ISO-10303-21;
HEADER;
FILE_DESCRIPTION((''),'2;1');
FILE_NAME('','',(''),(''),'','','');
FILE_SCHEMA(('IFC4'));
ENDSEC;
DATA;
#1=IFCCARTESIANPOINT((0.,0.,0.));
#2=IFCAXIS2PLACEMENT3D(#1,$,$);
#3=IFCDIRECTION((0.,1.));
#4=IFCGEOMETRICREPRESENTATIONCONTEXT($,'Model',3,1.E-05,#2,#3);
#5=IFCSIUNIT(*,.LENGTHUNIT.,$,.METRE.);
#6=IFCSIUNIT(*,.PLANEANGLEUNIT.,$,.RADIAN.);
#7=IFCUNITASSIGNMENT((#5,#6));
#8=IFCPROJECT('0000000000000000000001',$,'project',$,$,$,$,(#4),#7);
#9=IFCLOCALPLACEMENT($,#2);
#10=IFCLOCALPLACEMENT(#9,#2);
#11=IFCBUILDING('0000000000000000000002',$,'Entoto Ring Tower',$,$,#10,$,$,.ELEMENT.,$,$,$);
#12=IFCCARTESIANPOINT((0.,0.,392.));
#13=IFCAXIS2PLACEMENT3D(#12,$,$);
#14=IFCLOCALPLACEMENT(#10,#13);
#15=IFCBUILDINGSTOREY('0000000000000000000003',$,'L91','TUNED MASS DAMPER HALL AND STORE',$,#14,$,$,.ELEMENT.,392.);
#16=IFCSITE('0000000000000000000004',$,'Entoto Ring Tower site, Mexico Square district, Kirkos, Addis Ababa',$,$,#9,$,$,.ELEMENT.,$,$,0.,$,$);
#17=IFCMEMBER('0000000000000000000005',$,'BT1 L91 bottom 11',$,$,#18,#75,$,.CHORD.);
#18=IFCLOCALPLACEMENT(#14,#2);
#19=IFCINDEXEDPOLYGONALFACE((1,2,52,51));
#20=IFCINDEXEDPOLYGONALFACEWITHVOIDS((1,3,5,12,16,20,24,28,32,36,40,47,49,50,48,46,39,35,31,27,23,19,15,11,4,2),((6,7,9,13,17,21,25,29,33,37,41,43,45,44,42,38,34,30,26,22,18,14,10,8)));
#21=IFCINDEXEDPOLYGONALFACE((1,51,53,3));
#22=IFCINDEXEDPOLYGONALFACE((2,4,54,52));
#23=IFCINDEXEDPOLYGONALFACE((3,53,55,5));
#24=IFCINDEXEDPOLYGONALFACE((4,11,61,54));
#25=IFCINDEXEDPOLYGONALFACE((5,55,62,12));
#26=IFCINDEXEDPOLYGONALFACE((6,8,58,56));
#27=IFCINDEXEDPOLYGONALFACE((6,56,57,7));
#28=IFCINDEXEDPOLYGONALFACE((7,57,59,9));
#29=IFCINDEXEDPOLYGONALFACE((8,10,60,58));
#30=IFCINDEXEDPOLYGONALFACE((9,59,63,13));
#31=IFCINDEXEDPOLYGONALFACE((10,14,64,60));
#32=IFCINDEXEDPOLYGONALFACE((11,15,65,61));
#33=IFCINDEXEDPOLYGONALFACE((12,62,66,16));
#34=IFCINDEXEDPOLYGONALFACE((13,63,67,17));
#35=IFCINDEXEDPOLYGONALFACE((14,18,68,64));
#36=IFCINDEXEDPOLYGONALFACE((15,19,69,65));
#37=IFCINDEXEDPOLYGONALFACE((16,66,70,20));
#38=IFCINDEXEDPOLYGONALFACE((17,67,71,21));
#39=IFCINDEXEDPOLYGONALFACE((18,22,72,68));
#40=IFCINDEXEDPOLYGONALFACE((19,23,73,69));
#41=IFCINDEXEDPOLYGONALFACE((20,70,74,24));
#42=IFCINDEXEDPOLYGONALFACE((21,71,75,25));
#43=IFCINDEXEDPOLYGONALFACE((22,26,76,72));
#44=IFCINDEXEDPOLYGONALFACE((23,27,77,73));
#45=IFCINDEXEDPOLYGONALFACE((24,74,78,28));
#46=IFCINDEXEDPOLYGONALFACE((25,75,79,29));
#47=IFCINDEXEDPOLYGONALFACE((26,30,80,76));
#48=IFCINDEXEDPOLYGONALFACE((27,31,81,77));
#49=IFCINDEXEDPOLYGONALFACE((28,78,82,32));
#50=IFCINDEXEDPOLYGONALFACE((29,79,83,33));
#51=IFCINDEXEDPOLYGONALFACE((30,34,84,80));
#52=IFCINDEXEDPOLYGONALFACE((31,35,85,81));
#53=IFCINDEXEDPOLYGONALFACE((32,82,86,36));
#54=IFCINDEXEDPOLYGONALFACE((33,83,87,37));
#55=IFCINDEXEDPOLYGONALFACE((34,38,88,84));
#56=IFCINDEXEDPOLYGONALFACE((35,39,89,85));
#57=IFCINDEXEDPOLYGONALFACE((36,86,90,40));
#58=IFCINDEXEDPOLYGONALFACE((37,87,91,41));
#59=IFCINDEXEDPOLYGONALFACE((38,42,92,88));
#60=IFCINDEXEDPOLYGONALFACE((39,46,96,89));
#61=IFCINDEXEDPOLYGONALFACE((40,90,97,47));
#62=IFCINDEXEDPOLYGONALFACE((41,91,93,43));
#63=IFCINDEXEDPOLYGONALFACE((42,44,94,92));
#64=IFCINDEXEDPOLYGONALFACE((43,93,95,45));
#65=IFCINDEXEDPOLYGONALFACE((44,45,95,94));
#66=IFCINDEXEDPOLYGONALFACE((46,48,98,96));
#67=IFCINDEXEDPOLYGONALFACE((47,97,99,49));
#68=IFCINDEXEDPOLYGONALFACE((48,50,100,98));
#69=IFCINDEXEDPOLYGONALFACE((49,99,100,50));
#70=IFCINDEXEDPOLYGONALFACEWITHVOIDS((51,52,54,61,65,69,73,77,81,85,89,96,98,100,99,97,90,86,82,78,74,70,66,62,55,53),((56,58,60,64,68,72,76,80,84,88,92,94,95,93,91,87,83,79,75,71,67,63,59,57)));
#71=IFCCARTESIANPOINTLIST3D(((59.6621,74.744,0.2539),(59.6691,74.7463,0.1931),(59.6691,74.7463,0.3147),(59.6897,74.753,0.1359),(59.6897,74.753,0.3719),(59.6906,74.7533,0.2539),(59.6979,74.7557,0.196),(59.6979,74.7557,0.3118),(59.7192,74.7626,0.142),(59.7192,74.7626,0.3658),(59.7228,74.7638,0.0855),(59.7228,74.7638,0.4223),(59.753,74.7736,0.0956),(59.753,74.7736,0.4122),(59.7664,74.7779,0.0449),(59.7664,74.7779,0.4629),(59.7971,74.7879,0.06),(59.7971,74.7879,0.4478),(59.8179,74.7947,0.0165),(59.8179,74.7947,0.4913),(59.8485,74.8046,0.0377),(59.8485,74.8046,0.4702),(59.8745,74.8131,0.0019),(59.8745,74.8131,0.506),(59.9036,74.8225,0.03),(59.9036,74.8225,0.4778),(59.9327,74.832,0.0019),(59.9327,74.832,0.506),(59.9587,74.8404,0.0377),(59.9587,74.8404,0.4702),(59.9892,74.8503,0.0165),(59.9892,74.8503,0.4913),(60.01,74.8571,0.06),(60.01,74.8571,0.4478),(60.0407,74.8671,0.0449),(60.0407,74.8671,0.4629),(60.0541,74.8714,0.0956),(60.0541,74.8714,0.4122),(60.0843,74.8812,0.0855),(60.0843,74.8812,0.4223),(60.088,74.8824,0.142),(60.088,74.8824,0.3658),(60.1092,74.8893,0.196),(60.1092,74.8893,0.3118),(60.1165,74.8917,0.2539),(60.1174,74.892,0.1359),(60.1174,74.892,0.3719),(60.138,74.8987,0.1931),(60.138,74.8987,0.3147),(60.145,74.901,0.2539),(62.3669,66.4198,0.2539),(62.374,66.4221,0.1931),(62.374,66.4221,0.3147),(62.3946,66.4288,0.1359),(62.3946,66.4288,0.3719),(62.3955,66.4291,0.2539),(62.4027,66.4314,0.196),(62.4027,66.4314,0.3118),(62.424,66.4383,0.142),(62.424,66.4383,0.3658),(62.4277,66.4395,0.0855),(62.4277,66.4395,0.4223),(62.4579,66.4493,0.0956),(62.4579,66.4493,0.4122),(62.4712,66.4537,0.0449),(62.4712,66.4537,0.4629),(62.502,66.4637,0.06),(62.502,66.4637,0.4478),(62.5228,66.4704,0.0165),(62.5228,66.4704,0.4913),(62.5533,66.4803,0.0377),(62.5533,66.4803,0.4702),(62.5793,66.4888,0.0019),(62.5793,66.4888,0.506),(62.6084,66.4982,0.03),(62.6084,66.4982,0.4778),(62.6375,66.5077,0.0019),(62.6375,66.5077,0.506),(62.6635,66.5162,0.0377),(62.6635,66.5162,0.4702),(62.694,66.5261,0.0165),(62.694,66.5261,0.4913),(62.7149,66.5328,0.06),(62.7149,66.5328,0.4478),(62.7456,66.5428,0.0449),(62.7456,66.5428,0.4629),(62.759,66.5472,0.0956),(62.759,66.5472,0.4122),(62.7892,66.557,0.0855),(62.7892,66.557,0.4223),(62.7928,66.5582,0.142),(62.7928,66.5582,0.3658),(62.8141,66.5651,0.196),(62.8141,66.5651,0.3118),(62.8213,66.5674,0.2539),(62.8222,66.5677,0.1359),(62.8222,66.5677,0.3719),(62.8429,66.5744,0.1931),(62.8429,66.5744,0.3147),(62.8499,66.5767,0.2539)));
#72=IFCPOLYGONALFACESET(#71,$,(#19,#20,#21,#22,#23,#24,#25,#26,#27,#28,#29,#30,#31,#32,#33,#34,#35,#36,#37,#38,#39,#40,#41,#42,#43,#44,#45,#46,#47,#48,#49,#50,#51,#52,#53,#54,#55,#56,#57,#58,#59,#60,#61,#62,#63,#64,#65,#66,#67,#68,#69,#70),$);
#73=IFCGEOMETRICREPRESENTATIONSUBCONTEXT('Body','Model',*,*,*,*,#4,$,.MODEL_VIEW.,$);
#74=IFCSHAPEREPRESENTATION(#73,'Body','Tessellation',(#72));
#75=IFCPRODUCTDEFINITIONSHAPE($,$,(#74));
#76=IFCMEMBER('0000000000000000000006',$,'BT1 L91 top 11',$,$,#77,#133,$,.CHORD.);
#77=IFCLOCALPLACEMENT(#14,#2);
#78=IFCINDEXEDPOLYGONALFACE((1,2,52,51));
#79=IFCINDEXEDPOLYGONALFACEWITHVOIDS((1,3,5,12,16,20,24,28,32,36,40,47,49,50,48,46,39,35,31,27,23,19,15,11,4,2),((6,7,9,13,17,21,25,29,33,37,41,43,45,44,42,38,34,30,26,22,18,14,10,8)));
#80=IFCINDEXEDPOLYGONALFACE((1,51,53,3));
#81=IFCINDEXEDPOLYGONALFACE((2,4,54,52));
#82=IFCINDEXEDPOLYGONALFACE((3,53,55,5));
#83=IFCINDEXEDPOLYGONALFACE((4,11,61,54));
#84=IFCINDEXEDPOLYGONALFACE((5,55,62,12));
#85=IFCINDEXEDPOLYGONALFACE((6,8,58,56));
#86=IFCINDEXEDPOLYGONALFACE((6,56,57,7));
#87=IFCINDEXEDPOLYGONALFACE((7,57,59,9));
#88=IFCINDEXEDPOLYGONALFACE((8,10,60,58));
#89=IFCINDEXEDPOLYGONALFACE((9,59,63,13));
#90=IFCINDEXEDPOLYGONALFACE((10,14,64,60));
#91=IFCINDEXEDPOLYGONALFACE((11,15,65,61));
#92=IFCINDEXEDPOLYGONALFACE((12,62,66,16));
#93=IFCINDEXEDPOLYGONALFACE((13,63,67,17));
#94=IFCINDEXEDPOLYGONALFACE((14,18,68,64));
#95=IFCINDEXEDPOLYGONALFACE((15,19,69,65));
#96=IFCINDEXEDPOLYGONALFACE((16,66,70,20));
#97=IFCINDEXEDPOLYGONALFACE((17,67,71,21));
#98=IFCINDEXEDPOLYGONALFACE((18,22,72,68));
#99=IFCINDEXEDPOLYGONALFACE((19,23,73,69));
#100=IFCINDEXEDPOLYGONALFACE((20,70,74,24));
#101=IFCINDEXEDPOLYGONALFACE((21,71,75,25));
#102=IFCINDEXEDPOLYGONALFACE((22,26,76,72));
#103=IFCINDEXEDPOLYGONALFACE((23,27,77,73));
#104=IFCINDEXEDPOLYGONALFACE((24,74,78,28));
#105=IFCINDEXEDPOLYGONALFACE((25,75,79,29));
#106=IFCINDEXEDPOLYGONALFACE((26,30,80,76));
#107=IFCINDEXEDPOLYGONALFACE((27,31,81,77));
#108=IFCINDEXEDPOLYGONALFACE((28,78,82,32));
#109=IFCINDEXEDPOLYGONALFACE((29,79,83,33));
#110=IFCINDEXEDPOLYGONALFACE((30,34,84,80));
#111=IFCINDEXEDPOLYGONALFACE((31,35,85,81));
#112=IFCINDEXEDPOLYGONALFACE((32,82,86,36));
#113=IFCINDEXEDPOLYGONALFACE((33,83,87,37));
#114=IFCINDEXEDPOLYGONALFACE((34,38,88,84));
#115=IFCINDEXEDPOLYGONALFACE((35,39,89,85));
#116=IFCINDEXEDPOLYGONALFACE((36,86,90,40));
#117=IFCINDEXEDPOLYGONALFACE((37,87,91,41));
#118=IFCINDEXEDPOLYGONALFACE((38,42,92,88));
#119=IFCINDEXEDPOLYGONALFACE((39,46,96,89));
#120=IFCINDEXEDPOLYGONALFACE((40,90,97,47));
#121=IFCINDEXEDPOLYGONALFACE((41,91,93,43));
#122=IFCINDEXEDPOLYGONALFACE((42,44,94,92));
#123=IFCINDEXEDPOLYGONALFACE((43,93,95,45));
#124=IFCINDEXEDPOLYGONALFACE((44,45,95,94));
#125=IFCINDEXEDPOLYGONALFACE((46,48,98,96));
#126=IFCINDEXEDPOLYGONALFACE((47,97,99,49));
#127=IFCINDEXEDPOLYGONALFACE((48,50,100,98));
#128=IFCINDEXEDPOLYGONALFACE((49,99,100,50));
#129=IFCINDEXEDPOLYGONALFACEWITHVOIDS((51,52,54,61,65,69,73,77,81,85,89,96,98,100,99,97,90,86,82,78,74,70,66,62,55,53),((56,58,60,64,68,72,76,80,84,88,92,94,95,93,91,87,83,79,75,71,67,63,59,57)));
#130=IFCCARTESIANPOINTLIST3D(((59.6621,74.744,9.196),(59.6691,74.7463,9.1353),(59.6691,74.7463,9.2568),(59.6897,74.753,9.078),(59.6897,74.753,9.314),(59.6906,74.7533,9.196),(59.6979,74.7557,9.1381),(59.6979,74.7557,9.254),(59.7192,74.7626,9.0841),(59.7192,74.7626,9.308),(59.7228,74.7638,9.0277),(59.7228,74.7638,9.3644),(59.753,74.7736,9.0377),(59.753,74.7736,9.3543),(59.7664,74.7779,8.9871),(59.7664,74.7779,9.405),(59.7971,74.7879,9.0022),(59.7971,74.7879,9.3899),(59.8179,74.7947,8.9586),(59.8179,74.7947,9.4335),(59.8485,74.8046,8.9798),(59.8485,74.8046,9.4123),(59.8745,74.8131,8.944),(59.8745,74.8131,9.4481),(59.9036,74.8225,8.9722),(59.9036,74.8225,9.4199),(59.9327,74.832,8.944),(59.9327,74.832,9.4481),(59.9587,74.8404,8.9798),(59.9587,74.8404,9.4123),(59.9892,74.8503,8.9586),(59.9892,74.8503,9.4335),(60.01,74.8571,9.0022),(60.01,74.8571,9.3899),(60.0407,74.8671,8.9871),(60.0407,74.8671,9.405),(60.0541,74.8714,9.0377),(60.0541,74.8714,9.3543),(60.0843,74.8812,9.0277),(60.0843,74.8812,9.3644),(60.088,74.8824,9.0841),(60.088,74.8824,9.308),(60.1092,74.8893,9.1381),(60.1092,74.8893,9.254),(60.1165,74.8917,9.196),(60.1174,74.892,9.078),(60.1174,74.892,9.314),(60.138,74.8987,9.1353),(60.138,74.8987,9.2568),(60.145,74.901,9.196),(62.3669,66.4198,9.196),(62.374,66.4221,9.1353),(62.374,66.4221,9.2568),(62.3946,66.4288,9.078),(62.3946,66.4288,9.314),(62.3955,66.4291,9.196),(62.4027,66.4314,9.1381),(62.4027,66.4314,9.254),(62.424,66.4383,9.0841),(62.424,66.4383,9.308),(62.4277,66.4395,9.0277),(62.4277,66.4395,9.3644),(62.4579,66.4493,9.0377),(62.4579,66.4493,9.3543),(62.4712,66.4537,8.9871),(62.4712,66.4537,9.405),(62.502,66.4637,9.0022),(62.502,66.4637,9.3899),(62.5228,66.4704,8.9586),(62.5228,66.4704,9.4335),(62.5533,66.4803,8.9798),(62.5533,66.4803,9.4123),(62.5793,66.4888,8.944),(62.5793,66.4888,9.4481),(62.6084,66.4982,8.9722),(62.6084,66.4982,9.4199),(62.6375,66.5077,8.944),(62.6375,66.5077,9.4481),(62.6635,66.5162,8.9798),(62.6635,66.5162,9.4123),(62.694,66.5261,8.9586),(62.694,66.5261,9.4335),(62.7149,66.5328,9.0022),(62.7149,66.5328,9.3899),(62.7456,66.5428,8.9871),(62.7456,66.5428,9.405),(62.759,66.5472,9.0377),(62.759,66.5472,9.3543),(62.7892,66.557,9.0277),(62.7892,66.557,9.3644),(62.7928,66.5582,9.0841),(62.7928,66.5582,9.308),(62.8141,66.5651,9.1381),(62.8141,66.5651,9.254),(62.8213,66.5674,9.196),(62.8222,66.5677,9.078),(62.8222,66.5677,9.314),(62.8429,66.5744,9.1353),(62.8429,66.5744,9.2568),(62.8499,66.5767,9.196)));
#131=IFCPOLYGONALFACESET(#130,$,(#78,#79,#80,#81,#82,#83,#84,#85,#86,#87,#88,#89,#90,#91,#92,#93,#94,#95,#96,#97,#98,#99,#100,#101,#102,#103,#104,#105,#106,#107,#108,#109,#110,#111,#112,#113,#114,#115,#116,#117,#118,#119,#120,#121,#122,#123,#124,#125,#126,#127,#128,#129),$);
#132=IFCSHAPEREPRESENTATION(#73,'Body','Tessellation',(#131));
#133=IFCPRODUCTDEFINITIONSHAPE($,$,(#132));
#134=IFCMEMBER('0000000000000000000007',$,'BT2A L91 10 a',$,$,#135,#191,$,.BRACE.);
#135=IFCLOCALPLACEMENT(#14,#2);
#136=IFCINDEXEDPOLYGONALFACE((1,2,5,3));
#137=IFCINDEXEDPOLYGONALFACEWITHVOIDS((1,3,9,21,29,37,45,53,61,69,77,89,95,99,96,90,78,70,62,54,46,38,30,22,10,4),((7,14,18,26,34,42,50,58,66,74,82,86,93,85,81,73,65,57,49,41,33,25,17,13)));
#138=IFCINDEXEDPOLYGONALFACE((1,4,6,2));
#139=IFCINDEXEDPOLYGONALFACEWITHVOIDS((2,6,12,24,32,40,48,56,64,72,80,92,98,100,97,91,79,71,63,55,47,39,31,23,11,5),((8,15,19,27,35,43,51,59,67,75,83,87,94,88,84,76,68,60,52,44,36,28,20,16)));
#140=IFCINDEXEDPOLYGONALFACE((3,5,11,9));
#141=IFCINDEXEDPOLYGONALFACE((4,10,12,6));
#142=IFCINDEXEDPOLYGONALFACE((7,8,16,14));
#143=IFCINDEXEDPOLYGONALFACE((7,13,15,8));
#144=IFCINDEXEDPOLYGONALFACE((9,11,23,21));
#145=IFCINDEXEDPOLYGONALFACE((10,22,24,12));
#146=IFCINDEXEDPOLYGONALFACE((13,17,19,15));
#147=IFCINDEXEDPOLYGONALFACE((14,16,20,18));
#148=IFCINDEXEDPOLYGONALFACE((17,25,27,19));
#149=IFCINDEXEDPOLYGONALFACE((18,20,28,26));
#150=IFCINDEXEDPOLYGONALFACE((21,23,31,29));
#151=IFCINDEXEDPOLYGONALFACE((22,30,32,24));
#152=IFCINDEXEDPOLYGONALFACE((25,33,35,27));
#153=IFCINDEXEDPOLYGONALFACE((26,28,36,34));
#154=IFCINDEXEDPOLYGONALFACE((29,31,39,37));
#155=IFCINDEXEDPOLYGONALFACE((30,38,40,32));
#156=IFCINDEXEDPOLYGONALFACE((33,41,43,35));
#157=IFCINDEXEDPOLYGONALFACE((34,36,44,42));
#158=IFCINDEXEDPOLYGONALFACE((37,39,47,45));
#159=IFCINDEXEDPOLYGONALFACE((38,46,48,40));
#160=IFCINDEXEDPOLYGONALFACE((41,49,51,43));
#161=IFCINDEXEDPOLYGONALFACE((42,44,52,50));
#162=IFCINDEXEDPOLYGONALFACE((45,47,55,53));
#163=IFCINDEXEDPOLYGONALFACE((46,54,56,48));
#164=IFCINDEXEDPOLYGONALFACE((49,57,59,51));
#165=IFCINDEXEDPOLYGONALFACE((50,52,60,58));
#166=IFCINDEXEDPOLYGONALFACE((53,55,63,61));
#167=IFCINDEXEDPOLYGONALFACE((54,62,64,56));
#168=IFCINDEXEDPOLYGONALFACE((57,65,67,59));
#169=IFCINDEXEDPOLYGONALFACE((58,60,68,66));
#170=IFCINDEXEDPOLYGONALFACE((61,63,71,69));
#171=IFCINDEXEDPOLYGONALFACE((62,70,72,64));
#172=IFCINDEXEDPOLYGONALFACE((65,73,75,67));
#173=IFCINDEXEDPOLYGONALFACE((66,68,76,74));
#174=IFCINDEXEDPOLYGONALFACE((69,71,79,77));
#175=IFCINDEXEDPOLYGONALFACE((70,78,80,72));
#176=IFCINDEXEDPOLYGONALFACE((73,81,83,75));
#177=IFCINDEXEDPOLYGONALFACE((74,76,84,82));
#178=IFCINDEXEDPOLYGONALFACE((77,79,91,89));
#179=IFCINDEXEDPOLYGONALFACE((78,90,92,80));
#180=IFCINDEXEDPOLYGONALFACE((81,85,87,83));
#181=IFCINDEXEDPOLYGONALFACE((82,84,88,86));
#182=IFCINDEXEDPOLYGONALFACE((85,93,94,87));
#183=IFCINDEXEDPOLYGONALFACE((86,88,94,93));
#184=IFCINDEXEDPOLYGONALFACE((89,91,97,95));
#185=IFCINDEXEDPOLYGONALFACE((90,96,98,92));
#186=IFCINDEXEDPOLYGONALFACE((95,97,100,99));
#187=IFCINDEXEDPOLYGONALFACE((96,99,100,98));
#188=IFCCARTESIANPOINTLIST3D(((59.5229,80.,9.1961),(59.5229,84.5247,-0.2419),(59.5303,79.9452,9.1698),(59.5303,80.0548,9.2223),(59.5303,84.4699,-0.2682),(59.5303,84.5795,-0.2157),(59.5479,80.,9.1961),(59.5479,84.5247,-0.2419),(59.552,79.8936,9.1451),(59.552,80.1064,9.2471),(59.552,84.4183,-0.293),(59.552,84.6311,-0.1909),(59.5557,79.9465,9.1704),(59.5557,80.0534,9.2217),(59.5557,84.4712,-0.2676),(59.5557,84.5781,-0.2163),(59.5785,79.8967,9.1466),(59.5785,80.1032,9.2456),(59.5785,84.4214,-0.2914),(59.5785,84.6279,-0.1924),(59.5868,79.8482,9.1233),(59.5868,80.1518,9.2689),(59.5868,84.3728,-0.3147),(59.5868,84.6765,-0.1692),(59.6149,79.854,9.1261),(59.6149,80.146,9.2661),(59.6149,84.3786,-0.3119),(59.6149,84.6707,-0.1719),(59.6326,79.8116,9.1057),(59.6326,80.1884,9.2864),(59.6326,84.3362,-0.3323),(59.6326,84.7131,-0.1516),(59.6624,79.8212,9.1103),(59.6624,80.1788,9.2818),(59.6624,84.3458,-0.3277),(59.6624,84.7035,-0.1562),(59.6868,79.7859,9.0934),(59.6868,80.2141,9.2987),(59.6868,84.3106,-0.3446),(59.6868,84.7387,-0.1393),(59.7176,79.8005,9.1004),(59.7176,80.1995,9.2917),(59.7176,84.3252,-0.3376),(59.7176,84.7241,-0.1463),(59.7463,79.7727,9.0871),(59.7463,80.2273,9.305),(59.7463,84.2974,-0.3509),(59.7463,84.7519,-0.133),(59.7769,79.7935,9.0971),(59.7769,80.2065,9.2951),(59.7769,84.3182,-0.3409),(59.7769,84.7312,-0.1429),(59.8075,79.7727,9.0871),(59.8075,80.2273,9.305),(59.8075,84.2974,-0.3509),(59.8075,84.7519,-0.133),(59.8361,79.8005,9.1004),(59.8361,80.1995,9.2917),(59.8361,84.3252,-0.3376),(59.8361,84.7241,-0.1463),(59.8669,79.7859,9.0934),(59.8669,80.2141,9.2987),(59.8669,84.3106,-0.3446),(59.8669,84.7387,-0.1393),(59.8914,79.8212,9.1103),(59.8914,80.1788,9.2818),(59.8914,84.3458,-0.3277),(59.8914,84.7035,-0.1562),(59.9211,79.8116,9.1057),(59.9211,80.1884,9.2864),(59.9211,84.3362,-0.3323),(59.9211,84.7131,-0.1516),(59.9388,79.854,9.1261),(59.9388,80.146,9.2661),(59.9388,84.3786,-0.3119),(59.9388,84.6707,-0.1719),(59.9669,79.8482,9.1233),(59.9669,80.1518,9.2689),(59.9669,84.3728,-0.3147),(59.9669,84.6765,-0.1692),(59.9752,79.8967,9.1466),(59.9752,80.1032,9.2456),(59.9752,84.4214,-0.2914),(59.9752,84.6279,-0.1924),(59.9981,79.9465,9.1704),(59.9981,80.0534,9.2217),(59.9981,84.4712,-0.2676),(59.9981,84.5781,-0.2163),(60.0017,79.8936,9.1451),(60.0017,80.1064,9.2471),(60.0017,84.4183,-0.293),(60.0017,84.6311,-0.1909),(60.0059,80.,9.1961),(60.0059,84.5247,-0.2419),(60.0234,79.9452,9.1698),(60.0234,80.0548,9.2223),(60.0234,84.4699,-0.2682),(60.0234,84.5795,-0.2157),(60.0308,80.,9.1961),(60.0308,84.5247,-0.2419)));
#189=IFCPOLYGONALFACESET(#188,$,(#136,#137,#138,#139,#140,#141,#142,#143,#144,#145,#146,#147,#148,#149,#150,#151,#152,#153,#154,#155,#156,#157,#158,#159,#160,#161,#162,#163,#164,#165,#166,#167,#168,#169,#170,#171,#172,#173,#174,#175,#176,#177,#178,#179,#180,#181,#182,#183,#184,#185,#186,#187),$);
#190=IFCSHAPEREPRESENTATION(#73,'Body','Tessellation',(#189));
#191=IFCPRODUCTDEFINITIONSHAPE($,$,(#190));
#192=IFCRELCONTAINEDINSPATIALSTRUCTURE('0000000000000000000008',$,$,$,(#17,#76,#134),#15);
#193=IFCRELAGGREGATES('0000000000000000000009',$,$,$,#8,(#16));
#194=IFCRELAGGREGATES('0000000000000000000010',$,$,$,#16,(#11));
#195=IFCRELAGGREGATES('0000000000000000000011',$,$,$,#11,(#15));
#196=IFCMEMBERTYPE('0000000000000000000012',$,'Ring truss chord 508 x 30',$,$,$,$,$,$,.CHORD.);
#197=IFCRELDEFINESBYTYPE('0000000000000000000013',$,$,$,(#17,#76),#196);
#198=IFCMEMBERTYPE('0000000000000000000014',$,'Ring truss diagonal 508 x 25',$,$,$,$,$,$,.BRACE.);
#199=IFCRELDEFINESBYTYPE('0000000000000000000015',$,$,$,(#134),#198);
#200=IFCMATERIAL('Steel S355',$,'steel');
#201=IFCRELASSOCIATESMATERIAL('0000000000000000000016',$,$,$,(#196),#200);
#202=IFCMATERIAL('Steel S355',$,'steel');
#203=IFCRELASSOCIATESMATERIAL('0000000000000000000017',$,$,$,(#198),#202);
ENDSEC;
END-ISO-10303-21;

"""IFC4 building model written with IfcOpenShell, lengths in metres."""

from ifc_helpers import new_model, si_unit, direction, frame, origin, origin_2d, place, context, subcontext, project, spatial, circle, hollow_circle, extrude, material, material_profile, profile_set, type_object, element, save


model = new_model("IFC4")

# Units and contexts
model_context = context("Model", 3, precision=1e-05, world=origin(), true_north=direction((0.0, 1.0)))
body_context = subcontext(model_context, "Body", "Model", "MODEL_VIEW")
ifc_project = project(units=[si_unit("LENGTHUNIT", "METRE"), si_unit("PLANEANGLEUNIT", "RADIAN")], contexts=[model_context])

# Site, building, storey
site_placement = place(None, origin())
site = spatial("IfcSite", under=ifc_project, at=site_placement, Name="Entoto Ring Tower site, Mexico Square district, Kirkos, Addis Ababa", CompositionType="ELEMENT", RefElevation=0.0)
building_placement = place(site_placement, origin())
building = spatial("IfcBuilding", under=site, at=building_placement, Name="Entoto Ring Tower", CompositionType="ELEMENT")
storey_placement = place(building_placement, frame((0.0, 0.0, 392.0)))
storey = spatial("IfcBuildingStorey", under=building, at=storey_placement, Name="L91", Description="TUNED MASS DAMPER HALL AND STORE", CompositionType="ELEMENT", Elevation=392.0)

# Members
ifc_material_1 = material(Name="Steel S355", Category="steel")
ifc_material_profile_1 = material_profile(ifc_material_1, hollow_circle(Radius=0.2539, WallThickness=0.03, at=origin_2d()), Name="CHS 508 x 30")
ifc_material_2 = material(Name="Concrete C60/75", Category="concrete")
ifc_material_profile_2 = material_profile(ifc_material_2, circle(Radius=0.2241, at=origin_2d()), Name="Concrete C60/75 infill")
ifc_profile_set_1 = profile_set([ifc_material_profile_1, ifc_material_profile_2], Name="Steel S355")
member_type_1 = type_object("IfcMemberType", Name="Ring truss chord 508 x 30", PredefinedType="CHORD", material=ifc_profile_set_1)
for number, where, z_axis, x_axis, name in (
    (1, (59.9036, 74.8225, 0.2539), (0.309031, -0.951052, 0.0), (0.951052, 0.309031, 0.0), "BT1 L91 bottom 11"),
    (2, (59.9036, 74.8225, 9.196), (0.309031, -0.951052, 0.0), (0.951052, 0.309031, 0.0), "BT1 L91 top 11"),
):
    element("IfcMember", number, at=place(storey_placement, frame(where, z_axis=z_axis, x_axis=x_axis)), inside=storey, type_object=member_type_1, Name=name, PredefinedType="CHORD", context=body_context, shape_type="SweptSolid", body=[
        extrude(hollow_circle(Radius=0.2539, WallThickness=0.03, at=origin_2d()), origin(), (0.0, 0.0, 1.0), 8.7527),
    ])
ifc_material_3 = material(Name="Steel S355", Category="steel")
ifc_material_profile_3 = material_profile(ifc_material_3, hollow_circle(Radius=0.2539, WallThickness=0.0249, at=origin_2d()), Name="CHS 508 x 25")
ifc_material_4 = material(Name="Concrete C60/75", Category="concrete")
ifc_material_profile_4 = material_profile(ifc_material_4, circle(Radius=0.229, at=origin_2d()), Name="Concrete C60/75 infill")
ifc_profile_set_2 = profile_set([ifc_material_profile_3, ifc_material_profile_4], Name="Steel S355")
member_type_2 = type_object("IfcMemberType", Name="Ring truss diagonal 508 x 25", PredefinedType="BRACE", material=ifc_profile_set_2)
for number, where, z_axis, x_axis, name in (
    (3, (59.7769, 84.5247, -0.2419), (0.0, -0.432298, 0.901731), (1.0, 0.0, 0.0), "BT2A L91 10 a"),
):
    element("IfcMember", number, at=place(storey_placement, frame(where, z_axis=z_axis, x_axis=x_axis)), inside=storey, type_object=member_type_2, Name=name, PredefinedType="BRACE", context=body_context, shape_type="SweptSolid", body=[
        extrude(hollow_circle(Radius=0.2539, WallThickness=0.0249, at=origin_2d()), origin(), (0.0, 0.0, 1.0), 10.4666),
    ])

save(model, "model.ifc")
